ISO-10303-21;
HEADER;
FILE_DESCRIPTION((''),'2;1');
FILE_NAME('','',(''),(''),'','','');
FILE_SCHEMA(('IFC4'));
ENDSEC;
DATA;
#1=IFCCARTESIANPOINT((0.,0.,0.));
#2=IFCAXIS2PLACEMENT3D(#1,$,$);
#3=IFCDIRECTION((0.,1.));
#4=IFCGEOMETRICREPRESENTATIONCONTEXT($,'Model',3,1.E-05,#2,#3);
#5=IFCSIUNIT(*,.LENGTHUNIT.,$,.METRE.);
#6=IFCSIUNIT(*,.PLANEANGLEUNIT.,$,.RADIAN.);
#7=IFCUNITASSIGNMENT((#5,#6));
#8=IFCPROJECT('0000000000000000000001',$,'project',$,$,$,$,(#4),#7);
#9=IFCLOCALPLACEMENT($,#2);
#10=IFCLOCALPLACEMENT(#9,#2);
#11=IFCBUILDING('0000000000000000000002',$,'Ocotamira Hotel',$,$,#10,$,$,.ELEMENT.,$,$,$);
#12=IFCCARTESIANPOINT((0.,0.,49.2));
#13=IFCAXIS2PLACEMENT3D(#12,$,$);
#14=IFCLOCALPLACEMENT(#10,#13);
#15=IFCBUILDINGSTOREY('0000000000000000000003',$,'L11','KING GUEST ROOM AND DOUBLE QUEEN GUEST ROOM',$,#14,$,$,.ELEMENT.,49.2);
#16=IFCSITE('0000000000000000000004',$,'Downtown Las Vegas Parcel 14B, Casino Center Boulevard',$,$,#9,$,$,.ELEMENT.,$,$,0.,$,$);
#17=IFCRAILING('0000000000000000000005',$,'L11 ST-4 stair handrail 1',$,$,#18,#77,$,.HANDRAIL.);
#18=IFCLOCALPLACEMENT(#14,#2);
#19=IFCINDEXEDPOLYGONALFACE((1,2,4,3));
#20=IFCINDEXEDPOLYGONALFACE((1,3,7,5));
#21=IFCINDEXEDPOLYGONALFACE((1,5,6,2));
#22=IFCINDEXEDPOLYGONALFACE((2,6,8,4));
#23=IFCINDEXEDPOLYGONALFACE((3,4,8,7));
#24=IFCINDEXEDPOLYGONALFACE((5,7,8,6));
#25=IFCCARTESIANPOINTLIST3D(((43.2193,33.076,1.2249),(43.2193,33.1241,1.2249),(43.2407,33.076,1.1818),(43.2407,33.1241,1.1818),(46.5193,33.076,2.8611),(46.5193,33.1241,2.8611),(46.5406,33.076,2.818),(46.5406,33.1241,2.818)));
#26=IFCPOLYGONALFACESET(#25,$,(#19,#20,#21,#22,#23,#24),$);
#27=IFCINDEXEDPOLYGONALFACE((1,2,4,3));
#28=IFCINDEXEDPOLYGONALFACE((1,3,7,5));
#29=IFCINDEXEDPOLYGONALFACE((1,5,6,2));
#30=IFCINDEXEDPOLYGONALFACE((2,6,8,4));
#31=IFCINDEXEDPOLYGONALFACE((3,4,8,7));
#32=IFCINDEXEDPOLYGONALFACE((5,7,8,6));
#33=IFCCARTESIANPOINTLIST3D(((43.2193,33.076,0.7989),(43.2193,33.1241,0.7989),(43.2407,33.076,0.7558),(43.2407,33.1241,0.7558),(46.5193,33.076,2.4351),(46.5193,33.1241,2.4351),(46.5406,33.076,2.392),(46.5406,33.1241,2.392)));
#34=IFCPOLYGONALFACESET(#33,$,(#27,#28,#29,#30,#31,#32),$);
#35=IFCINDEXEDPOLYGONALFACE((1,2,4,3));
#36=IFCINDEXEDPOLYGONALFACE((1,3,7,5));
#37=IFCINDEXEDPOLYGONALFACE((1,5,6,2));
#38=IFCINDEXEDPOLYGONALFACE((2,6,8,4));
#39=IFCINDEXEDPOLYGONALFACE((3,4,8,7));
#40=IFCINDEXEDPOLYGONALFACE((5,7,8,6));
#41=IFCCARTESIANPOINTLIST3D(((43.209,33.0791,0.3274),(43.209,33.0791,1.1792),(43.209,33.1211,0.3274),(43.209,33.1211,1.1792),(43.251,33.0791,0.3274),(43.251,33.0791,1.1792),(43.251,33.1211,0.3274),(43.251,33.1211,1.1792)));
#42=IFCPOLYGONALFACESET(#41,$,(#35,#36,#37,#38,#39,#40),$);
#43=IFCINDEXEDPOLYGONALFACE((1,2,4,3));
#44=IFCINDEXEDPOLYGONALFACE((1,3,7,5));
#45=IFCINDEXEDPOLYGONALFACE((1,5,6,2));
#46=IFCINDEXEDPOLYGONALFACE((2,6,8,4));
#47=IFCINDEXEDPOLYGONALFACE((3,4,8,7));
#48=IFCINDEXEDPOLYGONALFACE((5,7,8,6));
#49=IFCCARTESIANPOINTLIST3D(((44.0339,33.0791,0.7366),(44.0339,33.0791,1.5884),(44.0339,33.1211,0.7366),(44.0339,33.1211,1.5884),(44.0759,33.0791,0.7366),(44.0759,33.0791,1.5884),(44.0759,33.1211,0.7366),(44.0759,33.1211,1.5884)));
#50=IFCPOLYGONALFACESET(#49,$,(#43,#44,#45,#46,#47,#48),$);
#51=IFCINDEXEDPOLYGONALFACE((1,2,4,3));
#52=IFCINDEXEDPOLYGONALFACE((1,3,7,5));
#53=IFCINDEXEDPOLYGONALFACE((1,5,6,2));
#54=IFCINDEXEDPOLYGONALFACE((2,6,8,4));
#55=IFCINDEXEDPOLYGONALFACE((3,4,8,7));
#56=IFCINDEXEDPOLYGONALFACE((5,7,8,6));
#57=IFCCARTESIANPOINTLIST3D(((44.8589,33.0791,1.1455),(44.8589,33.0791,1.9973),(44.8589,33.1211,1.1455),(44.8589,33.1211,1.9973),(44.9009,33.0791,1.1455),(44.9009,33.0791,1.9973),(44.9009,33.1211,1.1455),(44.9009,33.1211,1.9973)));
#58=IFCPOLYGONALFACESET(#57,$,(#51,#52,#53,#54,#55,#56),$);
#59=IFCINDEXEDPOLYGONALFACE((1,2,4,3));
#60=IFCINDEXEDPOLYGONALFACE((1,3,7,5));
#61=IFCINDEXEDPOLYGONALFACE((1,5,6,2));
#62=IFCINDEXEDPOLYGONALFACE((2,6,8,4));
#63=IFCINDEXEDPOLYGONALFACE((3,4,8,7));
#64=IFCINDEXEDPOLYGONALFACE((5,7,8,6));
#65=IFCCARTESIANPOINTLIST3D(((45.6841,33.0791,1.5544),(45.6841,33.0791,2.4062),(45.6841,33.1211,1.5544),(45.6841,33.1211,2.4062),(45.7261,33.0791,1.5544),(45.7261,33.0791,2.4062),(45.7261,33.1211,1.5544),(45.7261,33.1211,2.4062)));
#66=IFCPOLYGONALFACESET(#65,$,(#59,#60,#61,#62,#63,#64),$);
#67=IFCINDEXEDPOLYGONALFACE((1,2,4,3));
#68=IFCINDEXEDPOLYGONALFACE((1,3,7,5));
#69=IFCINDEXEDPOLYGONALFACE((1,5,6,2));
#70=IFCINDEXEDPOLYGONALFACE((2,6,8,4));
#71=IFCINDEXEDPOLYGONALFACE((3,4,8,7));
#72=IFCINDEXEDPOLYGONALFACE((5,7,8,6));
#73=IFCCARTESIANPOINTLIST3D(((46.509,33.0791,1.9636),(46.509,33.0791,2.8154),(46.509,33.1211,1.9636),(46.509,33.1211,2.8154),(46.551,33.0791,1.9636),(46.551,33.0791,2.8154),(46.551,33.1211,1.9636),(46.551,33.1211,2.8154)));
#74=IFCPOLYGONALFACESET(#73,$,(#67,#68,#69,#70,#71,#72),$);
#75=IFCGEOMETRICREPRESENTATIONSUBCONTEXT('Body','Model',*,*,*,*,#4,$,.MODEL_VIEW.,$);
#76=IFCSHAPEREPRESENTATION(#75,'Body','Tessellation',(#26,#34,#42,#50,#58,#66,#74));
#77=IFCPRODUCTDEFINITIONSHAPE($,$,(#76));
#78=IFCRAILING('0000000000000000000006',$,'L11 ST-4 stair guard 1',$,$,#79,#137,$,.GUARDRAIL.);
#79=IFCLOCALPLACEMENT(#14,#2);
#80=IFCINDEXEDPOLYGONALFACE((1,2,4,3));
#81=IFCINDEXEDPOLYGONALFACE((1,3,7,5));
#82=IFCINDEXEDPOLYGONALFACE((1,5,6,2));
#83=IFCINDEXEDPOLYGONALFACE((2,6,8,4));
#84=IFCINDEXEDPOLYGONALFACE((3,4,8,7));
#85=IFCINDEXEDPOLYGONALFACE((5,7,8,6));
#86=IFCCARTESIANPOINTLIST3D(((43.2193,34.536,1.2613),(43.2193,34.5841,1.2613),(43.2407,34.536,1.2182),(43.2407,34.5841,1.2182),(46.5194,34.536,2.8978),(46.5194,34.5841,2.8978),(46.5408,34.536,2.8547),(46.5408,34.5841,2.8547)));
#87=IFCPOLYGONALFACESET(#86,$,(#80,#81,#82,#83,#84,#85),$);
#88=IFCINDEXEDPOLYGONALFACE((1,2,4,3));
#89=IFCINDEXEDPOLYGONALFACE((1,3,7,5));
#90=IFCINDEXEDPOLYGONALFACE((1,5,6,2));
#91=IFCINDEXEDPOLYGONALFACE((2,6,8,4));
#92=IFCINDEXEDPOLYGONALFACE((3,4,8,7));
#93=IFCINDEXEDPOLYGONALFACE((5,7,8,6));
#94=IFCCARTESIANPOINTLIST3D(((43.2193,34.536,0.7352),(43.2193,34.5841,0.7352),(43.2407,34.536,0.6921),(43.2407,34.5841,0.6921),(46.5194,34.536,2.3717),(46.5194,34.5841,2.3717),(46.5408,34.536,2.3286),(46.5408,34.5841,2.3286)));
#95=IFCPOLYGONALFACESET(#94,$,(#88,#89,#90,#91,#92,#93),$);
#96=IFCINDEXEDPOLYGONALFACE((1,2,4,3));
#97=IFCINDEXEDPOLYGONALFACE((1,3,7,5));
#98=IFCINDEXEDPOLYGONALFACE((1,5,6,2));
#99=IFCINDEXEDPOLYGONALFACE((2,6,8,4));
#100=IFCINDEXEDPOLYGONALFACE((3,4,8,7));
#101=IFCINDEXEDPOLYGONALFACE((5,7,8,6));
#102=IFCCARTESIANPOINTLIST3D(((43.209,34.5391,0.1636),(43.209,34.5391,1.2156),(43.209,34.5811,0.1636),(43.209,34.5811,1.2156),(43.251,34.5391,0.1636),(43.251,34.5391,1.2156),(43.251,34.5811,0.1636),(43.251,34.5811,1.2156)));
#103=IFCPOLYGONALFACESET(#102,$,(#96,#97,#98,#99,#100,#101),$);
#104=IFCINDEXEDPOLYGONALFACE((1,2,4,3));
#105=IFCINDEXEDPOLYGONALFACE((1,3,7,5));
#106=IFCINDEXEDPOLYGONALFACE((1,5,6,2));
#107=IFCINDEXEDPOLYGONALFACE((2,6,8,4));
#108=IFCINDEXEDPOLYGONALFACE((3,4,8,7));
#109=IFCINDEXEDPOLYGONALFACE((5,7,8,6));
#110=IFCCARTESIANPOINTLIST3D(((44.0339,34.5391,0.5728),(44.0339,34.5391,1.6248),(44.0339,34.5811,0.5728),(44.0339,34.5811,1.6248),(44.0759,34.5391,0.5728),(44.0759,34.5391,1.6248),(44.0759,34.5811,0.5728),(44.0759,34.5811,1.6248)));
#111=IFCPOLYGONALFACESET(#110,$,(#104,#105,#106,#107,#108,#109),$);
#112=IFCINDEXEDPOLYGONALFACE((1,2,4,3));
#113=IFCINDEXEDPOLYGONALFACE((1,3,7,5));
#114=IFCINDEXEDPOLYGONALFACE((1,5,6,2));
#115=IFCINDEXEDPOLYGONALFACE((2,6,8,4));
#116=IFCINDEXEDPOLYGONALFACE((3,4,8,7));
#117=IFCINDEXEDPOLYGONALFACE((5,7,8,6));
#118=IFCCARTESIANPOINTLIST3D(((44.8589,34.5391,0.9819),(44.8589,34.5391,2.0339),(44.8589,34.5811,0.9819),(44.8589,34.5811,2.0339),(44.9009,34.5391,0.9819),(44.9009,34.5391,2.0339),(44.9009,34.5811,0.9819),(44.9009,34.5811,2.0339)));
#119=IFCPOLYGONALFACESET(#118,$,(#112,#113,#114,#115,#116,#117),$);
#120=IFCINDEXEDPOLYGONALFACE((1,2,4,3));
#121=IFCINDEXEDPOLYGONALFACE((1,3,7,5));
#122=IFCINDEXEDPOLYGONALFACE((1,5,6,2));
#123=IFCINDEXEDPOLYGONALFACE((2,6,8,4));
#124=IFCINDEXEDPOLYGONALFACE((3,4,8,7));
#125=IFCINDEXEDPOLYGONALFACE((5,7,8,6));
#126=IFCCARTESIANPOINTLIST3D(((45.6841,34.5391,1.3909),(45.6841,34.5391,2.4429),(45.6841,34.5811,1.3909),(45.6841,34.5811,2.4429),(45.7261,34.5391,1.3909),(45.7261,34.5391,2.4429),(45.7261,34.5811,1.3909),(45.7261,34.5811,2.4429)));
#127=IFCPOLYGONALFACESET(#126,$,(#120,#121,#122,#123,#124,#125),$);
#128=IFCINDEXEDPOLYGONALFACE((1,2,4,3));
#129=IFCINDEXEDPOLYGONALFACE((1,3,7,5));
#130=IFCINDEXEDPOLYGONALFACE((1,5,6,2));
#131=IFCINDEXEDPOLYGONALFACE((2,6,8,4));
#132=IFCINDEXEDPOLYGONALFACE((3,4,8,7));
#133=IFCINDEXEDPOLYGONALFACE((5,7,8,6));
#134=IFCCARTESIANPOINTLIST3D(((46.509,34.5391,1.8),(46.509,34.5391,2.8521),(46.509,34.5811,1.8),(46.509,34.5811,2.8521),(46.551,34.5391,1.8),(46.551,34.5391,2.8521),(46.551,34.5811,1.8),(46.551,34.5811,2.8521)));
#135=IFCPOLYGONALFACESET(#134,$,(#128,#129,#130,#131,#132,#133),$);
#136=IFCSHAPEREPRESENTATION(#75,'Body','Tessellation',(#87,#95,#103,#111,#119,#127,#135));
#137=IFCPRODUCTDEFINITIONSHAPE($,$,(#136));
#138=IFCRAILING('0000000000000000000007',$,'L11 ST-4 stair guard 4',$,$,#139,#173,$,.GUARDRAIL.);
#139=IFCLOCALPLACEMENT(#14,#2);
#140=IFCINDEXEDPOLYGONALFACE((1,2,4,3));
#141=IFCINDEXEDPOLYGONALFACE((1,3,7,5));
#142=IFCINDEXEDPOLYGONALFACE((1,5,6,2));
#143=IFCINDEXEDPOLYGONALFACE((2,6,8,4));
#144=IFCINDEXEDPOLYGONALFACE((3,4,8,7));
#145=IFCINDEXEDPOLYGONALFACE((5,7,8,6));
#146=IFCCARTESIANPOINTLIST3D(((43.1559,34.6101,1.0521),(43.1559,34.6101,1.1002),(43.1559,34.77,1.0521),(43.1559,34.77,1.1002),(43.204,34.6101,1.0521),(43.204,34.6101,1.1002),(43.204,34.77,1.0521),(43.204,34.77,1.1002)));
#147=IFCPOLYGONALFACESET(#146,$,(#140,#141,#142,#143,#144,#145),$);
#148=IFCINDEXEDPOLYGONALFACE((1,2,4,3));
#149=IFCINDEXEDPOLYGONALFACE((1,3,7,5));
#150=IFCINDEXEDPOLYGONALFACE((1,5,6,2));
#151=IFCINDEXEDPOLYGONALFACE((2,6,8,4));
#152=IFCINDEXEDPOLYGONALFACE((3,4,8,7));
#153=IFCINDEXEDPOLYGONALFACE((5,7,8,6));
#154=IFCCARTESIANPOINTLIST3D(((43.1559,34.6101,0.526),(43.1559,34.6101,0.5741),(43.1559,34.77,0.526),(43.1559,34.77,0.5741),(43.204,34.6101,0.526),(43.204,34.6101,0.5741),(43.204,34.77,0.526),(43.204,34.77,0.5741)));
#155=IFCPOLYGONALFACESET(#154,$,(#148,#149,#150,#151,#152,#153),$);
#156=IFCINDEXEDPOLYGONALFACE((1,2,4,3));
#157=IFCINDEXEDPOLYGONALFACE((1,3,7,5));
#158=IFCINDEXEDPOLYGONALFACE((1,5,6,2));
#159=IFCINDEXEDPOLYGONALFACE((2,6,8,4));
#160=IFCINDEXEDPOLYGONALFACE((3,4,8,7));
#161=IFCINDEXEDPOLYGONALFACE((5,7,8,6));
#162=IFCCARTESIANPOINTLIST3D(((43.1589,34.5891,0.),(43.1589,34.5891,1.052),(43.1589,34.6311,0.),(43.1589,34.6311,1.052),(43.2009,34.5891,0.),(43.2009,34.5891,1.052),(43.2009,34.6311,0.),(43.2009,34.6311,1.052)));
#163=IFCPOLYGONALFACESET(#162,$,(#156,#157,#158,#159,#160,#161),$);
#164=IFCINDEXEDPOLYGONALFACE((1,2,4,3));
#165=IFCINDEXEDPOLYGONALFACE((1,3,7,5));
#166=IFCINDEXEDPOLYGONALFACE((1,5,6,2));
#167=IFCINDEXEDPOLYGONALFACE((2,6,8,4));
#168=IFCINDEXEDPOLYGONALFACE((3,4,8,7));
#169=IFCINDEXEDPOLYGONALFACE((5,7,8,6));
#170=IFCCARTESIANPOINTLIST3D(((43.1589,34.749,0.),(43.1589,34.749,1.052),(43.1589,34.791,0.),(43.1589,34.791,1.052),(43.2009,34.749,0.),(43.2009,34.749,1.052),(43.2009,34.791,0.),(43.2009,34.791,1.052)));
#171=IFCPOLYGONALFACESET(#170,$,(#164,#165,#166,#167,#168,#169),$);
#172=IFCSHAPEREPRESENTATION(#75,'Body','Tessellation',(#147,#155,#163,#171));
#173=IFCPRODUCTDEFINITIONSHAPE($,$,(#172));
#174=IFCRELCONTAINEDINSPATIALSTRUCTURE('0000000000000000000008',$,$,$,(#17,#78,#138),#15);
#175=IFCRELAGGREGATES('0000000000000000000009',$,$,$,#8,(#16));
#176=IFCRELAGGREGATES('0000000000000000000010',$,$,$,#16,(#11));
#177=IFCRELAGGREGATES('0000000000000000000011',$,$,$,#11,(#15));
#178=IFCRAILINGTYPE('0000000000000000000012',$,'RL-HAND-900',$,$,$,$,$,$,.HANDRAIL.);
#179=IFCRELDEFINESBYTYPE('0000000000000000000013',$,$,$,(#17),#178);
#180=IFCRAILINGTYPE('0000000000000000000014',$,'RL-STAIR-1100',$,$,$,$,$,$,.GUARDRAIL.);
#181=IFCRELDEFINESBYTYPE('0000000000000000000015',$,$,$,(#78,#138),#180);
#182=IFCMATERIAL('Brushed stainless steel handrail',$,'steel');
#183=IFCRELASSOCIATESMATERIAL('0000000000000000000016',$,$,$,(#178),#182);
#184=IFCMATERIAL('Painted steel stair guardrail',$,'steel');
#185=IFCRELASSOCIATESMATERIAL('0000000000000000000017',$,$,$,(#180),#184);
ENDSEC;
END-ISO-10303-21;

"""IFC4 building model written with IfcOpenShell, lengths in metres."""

from ifc_helpers import new_model, si_unit, direction, frame, origin, origin_2d, place, context, subcontext, project, spatial, rectangle, extrude, material, type_object, element, save


model = new_model("IFC4")

# Units and contexts
model_context = context("Model", 3, precision=1e-05, world=origin(), true_north=direction((0.0, 1.0)))
body_context = subcontext(model_context, "Body", "Model", "MODEL_VIEW")
ifc_project = project(units=[si_unit("LENGTHUNIT", "METRE"), si_unit("PLANEANGLEUNIT", "RADIAN")], contexts=[model_context])

# Site, building, storey
site_placement = place(None, origin())
site = spatial("IfcSite", under=ifc_project, at=site_placement, Name="Downtown Las Vegas Parcel 14B, Casino Center Boulevard", CompositionType="ELEMENT", RefElevation=0.0)
building_placement = place(site_placement, origin())
building = spatial("IfcBuilding", under=site, at=building_placement, Name="Ocotamira Hotel", CompositionType="ELEMENT")
storey_placement = place(building_placement, frame((0.0, 0.0, 49.2)))
storey = spatial("IfcBuildingStorey", under=building, at=storey_placement, Name="L11", Description="KING GUEST ROOM AND DOUBLE QUEEN GUEST ROOM", CompositionType="ELEMENT", Elevation=49.2)

# Railings
ifc_material_1 = material(Name="Painted steel stair guardrail", Category="steel")
ifc_material_2 = material(Name="Brushed stainless steel handrail", Category="steel")
railing_type_1 = type_object("IfcRailingType", Name="RL-HAND-900", PredefinedType="HANDRAIL", material=ifc_material_2)
railing_1_placement = place(storey_placement, frame((43.23, 33.1001, 0.3274)))
element("IfcRailing", 1, at=railing_1_placement, inside=storey, type_object=railing_type_1, Name="L11 ST-4 stair handrail 1", PredefinedType="HANDRAIL", context=body_context, shape_type="SweptSolid", body=[
    extrude(rectangle(XDim=0.0481, YDim=0.0481, at=origin_2d()), frame((0.0, 0.0, 0.876), z_axis=(0.89592, 0.0, 0.444215), x_axis=(0.0, 1.0, 0.0)), (0.0, 0.0, 1.0), 3.6833),
    extrude(rectangle(XDim=0.0481, YDim=0.0481, at=origin_2d()), frame((0.0, 0.0, 0.45), z_axis=(0.89592, 0.0, 0.444215), x_axis=(0.0, 1.0, 0.0)), (0.0, 0.0, 1.0), 3.6833),
    extrude(rectangle(XDim=0.042, YDim=0.042, at=origin_2d()), origin(), (0.0, 0.0, 1.0), 0.8518),
    extrude(rectangle(XDim=0.042, YDim=0.042, at=origin_2d()), frame((0.825, 0.0, 0.4092)), (0.0, 0.0, 1.0), 0.8518),
    extrude(rectangle(XDim=0.042, YDim=0.042, at=origin_2d()), frame((1.6499, 0.0, 0.8181)), (0.0, 0.0, 1.0), 0.8518),
    extrude(rectangle(XDim=0.042, YDim=0.042, at=origin_2d()), frame((2.4751, 0.0, 1.2271)), (0.0, 0.0, 1.0), 0.8518),
    extrude(rectangle(XDim=0.042, YDim=0.042, at=origin_2d()), frame((3.3, 0.0, 1.6362)), (0.0, 0.0, 1.0), 0.8518),
])
railing_type_2 = type_object("IfcRailingType", Name="RL-STAIR-1100", PredefinedType="GUARDRAIL", material=ifc_material_1)
railing_2_placement = place(storey_placement, frame((43.23, 34.5601, 0.1636)))
element("IfcRailing", 2, at=railing_2_placement, inside=storey, type_object=railing_type_2, Name="L11 ST-4 stair guard 1", PredefinedType="GUARDRAIL", context=body_context, shape_type="SweptSolid", body=[
    extrude(rectangle(XDim=0.0481, YDim=0.0481, at=origin_2d()), frame((0.0, 0.0, 1.0762), z_axis=(0.895894, 0.0, 0.444268), x_axis=(0.0, 1.0, 0.0)), (0.0, 0.0, 1.0), 3.6836),
    extrude(rectangle(XDim=0.0481, YDim=0.0481, at=origin_2d()), frame((0.0, 0.0, 0.55), z_axis=(0.895894, 0.0, 0.444268), x_axis=(0.0, 1.0, 0.0)), (0.0, 0.0, 1.0), 3.6836),
    extrude(rectangle(XDim=0.042, YDim=0.042, at=origin_2d()), origin(), (0.0, 0.0, 1.0), 1.052),
    extrude(rectangle(XDim=0.042, YDim=0.042, at=origin_2d()), frame((0.825, 0.0, 0.4092)), (0.0, 0.0, 1.0), 1.052),
    extrude(rectangle(XDim=0.042, YDim=0.042, at=origin_2d()), frame((1.6499, 0.0, 0.8184)), (0.0, 0.0, 1.0), 1.052),
    extrude(rectangle(XDim=0.042, YDim=0.042, at=origin_2d()), frame((2.4751, 0.0, 1.2273)), (0.0, 0.0, 1.0), 1.052),
    extrude(rectangle(XDim=0.042, YDim=0.042, at=origin_2d()), frame((3.3, 0.0, 1.6365)), (0.0, 0.0, 1.0), 1.052),
])
railing_3_placement = place(storey_placement, frame((43.1799, 34.6101, 0.0)))
element("IfcRailing", 3, at=railing_3_placement, inside=storey, type_object=railing_type_2, Name="L11 ST-4 stair guard 4", PredefinedType="GUARDRAIL", context=body_context, shape_type="SweptSolid", body=[
    extrude(rectangle(XDim=0.0481, YDim=0.0481, at=origin_2d()), frame((0.0, 0.0, 1.0762), z_axis=(0.0, 1.0, 0.0), x_axis=(-1.0, 0.0, 0.0)), (0.0, 0.0, 1.0), 0.1599),
    extrude(rectangle(XDim=0.0481, YDim=0.0481, at=origin_2d()), frame((0.0, 0.0, 0.55), z_axis=(0.0, 1.0, 0.0), x_axis=(-1.0, 0.0, 0.0)), (0.0, 0.0, 1.0), 0.1599),
    extrude(rectangle(XDim=0.042, YDim=0.042, at=origin_2d()), origin(), (0.0, 0.0, 1.0), 1.052),
    extrude(rectangle(XDim=0.042, YDim=0.042, at=origin_2d()), frame((0.0, 0.1599, 0.0)), (0.0, 0.0, 1.0), 1.052),
])

save(model, "model.ifc")
